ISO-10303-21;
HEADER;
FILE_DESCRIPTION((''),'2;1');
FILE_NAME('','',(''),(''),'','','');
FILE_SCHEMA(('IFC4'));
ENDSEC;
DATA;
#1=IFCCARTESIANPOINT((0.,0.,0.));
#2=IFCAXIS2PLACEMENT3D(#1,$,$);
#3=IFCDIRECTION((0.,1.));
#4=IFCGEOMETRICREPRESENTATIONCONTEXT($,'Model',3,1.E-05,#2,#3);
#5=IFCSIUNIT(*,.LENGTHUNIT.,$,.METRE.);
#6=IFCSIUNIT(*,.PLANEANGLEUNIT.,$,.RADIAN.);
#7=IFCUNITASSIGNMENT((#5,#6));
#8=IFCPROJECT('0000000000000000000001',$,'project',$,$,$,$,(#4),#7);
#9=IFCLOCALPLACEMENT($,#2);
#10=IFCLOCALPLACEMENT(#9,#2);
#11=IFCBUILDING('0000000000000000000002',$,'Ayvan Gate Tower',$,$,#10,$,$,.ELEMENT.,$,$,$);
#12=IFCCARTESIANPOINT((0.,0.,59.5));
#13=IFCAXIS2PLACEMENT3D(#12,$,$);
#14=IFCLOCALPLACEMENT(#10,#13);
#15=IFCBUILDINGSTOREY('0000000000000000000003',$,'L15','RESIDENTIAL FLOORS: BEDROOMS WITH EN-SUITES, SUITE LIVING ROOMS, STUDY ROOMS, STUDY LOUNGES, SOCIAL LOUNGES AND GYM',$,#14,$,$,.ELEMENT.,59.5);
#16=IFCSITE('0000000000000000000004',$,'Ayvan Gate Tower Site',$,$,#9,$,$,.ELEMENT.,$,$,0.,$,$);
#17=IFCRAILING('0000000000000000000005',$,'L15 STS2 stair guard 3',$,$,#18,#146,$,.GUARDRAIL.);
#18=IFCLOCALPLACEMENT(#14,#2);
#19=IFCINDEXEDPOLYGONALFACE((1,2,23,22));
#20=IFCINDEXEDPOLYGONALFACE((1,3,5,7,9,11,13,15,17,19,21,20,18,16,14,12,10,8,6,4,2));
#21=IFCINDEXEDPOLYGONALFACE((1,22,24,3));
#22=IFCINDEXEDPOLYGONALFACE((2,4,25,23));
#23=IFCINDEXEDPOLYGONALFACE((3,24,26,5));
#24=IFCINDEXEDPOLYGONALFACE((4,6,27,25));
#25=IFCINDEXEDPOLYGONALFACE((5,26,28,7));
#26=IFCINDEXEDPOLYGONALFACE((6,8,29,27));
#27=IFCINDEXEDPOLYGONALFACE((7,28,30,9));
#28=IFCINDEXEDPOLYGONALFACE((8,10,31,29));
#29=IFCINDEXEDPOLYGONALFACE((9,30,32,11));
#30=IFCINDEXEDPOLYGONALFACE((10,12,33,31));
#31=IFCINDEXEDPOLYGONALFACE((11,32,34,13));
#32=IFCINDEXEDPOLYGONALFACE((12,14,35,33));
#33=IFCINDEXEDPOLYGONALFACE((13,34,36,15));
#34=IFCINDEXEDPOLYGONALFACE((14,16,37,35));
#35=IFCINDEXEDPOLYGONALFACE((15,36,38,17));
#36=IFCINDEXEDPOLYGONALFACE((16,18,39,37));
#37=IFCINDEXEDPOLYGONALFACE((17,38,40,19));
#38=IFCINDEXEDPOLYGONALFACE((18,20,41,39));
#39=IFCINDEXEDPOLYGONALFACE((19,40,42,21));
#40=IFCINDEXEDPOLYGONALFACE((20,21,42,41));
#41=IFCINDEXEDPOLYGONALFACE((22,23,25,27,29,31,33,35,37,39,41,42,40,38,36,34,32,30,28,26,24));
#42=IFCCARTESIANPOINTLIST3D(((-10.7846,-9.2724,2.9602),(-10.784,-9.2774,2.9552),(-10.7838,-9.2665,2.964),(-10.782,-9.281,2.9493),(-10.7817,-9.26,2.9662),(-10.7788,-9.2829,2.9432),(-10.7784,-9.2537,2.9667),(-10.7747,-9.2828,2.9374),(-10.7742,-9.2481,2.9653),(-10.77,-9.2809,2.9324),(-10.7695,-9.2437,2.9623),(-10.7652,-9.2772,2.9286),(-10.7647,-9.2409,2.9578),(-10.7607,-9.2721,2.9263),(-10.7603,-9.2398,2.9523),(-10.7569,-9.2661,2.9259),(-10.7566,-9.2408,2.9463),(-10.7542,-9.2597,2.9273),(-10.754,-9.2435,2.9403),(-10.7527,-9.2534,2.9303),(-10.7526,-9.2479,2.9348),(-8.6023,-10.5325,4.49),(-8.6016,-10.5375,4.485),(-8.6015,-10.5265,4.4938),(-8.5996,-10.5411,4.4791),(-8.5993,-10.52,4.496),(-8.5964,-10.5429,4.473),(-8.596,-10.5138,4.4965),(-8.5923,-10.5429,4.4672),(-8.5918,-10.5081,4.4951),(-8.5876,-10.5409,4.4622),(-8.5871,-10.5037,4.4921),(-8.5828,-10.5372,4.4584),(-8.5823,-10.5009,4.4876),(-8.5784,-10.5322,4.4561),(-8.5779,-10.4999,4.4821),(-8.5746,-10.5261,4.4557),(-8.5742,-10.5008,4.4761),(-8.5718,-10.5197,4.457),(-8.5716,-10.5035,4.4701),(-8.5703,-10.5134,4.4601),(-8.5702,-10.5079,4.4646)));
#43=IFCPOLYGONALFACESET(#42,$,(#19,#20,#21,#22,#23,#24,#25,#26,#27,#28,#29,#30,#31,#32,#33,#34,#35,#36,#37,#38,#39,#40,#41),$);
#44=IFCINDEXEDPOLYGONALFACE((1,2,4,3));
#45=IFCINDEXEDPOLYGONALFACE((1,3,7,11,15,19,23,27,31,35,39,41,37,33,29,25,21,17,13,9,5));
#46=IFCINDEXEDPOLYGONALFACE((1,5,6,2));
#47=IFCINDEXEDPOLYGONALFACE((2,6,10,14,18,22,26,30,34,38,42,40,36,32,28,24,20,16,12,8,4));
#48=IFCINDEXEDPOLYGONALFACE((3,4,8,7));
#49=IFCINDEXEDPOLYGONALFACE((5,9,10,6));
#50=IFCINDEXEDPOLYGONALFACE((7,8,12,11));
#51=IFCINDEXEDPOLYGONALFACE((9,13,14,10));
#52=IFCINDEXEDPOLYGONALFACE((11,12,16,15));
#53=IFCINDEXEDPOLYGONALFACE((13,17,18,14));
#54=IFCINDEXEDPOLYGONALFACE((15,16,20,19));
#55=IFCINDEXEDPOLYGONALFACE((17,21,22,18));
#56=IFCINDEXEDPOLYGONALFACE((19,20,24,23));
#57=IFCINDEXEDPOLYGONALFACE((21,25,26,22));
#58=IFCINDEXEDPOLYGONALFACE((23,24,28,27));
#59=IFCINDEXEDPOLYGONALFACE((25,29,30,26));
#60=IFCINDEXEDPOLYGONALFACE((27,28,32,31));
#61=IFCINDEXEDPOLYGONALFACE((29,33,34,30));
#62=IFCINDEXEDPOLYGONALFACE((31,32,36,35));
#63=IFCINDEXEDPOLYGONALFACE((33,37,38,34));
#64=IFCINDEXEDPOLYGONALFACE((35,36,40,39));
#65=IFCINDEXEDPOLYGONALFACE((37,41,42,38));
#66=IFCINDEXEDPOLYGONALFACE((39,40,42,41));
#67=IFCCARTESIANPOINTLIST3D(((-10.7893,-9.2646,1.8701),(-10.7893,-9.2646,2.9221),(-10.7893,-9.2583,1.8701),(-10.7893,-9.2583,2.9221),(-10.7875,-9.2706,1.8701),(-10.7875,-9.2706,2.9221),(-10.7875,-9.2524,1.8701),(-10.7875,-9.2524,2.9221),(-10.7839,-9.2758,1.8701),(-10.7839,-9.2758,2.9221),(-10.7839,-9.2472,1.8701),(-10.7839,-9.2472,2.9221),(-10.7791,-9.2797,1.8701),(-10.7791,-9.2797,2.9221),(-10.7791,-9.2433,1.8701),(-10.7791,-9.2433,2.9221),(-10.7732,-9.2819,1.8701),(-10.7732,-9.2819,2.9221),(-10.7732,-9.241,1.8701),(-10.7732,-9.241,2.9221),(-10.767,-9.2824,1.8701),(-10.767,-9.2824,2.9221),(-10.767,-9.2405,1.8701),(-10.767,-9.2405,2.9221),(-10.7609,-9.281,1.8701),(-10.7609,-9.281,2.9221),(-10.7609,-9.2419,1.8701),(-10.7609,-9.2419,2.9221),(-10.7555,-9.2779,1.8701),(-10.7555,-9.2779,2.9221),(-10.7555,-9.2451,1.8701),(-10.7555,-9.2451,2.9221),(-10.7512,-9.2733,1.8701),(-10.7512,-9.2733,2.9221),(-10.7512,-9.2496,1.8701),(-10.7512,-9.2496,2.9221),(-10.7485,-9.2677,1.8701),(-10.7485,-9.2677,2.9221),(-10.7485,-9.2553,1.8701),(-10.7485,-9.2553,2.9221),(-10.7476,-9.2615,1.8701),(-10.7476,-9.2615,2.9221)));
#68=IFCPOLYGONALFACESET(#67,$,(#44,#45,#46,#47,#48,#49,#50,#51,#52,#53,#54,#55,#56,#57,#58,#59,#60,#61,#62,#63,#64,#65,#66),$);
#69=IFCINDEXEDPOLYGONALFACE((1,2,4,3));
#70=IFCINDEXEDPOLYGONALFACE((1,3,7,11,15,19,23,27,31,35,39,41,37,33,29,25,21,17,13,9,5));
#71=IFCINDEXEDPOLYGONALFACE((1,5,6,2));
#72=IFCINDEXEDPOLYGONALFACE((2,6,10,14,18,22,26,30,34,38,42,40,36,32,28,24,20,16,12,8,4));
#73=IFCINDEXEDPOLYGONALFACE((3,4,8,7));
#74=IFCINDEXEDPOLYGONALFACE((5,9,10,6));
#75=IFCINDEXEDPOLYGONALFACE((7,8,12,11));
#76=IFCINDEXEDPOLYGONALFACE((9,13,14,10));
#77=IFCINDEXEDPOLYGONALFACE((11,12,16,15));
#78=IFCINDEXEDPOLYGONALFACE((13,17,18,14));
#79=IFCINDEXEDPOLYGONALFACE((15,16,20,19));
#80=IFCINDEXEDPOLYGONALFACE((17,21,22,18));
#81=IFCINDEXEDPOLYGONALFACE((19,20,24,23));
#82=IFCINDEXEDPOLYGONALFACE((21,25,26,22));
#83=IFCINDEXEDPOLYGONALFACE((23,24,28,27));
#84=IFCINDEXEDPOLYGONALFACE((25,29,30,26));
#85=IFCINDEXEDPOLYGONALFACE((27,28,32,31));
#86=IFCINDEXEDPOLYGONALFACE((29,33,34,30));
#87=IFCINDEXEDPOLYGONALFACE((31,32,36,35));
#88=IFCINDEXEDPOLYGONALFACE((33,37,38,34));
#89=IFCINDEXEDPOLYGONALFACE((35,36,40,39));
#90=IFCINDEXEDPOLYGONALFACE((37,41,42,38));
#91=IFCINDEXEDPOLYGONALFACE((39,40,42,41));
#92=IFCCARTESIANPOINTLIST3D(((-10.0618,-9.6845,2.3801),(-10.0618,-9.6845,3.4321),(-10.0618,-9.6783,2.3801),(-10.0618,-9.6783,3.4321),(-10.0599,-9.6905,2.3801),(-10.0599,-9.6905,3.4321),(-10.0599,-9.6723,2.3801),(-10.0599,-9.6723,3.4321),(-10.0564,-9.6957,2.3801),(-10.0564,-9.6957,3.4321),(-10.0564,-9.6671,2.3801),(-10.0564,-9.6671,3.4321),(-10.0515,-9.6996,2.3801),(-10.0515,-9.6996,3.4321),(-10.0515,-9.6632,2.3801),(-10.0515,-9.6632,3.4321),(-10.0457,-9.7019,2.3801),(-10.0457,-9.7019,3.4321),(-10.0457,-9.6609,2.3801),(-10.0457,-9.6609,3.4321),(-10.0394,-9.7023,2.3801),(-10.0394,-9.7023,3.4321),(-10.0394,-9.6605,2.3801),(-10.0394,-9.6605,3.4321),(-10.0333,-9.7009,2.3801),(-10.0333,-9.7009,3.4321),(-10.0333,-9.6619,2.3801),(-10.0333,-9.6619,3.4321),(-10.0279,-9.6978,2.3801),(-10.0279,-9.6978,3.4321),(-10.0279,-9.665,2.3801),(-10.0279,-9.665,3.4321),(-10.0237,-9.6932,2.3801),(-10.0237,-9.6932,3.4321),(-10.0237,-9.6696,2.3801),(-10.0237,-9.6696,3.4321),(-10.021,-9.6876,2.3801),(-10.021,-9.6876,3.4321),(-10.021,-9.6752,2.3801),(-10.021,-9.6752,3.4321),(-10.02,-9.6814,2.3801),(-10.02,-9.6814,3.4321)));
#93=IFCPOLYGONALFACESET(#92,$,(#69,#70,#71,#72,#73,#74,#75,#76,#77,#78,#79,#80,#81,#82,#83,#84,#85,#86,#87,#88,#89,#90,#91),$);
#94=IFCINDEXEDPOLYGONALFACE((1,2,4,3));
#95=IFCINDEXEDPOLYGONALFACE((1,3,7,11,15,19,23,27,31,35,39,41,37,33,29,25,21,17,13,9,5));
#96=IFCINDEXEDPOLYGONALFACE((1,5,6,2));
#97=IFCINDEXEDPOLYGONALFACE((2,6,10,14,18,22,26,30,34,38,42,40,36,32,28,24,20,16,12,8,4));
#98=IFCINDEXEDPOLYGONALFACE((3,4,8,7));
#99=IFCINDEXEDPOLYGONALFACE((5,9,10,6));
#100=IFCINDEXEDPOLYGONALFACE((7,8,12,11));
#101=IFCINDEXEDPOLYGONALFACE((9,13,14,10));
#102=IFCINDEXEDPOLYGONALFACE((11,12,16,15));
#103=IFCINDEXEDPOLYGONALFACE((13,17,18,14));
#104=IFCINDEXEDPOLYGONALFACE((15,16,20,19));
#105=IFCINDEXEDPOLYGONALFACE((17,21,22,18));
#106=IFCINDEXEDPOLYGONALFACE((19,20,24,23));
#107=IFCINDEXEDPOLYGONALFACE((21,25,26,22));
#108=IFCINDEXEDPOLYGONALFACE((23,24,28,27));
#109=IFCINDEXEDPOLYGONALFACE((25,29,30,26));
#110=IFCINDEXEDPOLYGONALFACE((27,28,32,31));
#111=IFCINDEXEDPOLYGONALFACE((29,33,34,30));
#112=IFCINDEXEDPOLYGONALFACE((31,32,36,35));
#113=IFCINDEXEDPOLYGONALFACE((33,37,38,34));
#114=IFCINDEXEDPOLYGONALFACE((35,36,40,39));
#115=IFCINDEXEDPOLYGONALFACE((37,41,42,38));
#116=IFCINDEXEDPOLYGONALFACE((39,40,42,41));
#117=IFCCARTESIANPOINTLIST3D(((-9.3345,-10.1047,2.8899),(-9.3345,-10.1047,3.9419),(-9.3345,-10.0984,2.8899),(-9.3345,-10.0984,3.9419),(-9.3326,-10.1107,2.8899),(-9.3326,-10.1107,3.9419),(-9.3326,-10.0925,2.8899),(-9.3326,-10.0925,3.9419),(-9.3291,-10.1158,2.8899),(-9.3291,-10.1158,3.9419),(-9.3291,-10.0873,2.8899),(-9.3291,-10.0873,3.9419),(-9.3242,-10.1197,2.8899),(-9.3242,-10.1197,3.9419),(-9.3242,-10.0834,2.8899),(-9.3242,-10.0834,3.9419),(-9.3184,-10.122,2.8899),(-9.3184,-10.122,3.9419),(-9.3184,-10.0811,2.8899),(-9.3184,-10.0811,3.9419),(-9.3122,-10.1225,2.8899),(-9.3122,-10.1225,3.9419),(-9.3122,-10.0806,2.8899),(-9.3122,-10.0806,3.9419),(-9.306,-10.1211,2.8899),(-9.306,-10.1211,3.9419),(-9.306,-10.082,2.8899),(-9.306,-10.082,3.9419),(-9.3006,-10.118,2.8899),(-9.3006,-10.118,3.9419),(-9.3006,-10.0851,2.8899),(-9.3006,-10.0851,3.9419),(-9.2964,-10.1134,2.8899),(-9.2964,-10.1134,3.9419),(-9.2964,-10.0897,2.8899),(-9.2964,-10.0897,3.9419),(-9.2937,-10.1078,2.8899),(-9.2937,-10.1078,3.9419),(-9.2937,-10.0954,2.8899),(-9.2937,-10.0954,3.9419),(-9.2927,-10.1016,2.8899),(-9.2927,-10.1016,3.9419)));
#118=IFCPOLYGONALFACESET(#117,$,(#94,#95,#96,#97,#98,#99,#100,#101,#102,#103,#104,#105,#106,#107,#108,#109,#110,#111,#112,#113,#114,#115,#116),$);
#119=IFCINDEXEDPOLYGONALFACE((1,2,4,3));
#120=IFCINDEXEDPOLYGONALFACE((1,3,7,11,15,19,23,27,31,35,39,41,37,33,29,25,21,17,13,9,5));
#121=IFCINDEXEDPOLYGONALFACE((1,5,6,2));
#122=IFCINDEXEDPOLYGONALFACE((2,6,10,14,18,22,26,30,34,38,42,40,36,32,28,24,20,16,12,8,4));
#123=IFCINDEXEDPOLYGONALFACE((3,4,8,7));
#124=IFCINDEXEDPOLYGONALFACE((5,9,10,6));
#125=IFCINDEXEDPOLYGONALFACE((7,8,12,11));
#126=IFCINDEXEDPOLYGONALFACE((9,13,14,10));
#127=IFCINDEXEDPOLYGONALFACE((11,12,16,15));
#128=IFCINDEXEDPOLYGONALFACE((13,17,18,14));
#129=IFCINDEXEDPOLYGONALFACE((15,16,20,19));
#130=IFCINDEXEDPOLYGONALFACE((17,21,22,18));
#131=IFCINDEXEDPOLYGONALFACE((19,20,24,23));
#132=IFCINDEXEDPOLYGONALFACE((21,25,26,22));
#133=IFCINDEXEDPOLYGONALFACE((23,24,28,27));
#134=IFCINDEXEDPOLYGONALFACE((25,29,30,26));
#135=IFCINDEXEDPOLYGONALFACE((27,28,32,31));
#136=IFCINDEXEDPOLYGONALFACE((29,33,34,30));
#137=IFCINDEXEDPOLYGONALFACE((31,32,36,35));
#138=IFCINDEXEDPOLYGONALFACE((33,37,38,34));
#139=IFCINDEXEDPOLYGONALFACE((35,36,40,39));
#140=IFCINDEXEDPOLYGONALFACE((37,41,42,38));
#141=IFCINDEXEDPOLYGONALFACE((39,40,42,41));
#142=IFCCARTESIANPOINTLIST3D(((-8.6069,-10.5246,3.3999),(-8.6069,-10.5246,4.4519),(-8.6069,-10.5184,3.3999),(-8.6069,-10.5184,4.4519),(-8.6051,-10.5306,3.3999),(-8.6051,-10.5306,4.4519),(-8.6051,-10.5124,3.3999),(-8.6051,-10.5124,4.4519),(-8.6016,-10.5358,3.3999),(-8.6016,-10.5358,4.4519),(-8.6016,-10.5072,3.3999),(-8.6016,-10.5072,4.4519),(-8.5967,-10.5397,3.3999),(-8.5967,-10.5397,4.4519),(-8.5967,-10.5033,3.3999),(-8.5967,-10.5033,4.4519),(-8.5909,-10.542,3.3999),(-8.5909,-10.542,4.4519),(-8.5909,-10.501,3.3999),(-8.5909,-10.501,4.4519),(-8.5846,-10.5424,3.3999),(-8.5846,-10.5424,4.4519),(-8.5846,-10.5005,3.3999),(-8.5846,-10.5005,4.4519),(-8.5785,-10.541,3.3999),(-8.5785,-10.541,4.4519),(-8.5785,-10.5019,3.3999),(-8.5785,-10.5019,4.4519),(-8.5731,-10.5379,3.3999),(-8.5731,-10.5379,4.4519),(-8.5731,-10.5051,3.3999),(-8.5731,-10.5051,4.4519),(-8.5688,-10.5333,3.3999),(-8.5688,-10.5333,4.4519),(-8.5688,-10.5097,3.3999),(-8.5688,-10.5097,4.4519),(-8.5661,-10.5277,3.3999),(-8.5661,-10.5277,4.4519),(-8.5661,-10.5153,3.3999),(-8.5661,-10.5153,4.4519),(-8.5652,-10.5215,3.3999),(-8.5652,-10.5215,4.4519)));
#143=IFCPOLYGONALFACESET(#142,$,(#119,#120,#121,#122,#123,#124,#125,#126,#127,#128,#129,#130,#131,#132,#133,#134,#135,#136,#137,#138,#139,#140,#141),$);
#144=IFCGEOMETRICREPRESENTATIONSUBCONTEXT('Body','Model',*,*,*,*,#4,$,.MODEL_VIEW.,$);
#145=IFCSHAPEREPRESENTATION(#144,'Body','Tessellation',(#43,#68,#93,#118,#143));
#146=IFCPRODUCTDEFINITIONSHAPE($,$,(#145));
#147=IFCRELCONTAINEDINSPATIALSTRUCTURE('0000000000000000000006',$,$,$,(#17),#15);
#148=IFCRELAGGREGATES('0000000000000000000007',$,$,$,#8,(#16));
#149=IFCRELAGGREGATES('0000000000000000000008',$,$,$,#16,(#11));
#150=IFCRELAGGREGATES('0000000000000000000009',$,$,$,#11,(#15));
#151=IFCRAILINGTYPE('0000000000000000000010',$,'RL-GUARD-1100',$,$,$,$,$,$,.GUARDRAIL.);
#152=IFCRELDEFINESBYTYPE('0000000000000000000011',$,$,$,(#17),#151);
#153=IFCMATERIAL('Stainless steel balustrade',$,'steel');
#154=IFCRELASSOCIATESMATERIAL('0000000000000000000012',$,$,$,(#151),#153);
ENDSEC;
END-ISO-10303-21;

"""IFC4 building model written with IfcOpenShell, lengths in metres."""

from ifc_helpers import new_model, si_unit, direction, frame, origin, origin_2d, place, context, subcontext, project, spatial, circle, extrude, material, type_object, element, save


model = new_model("IFC4")

# Units and contexts
model_context = context("Model", 3, precision=1e-05, world=origin(), true_north=direction((0.0, 1.0)))
body_context = subcontext(model_context, "Body", "Model", "MODEL_VIEW")
ifc_project = project(units=[si_unit("LENGTHUNIT", "METRE"), si_unit("PLANEANGLEUNIT", "RADIAN")], contexts=[model_context])

# Site, building, storey
site_placement = place(None, origin())
site = spatial("IfcSite", under=ifc_project, at=site_placement, Name="Ayvan Gate Tower Site", CompositionType="ELEMENT", RefElevation=0.0)
building_placement = place(site_placement, origin())
building = spatial("IfcBuilding", under=site, at=building_placement, Name="Ayvan Gate Tower", CompositionType="ELEMENT")
storey_placement = place(building_placement, frame((0.0, 0.0, 59.5)))
storey = spatial("IfcBuildingStorey", under=building, at=storey_placement, Name="L15", Description="RESIDENTIAL FLOORS: BEDROOMS WITH EN-SUITES, SUITE LIVING ROOMS, STUDY ROOMS, STUDY LOUNGES, SOCIAL LOUNGES AND GYM", CompositionType="ELEMENT", Elevation=59.5)

# Railing
ifc_material_1 = material(Name="Stainless steel balustrade", Category="steel")
railing_type_1 = type_object("IfcRailingType", Name="RL-GUARD-1100", PredefinedType="GUARDRAIL", material=ifc_material_1)
railing_1_placement = place(storey_placement, frame((-10.7686, -9.2615, 1.8701)))
element("IfcRailing", 1, at=railing_1_placement, inside=storey, type_object=railing_type_1, Name="L15 STS2 stair guard 3", PredefinedType="GUARDRAIL", context=body_context, shape_type="SweptSolid", body=[
    extrude(circle(Radius=0.0239, at=origin_2d()), frame((0.0, 0.0, 1.0762), z_axis=(0.740293, -0.427414, 0.518926), x_axis=(0.500005, 0.866023, 0.0)), (0.0, 0.0, 1.0), 2.948),
    extrude(circle(Radius=0.021, at=origin_2d()), origin(), (0.0, 0.0, 1.0), 1.052),
    extrude(circle(Radius=0.021, at=origin_2d()), frame((0.7275, -0.4199, 0.51)), (0.0, 0.0, 1.0), 1.052),
    extrude(circle(Radius=0.021, at=origin_2d()), frame((1.4548, -0.8401, 1.0198)), (0.0, 0.0, 1.0), 1.052),
    extrude(circle(Radius=0.021, at=origin_2d()), frame((2.1824, -1.26, 1.5298)), (0.0, 0.0, 1.0), 1.052),
])

save(model, "model.ifc")
